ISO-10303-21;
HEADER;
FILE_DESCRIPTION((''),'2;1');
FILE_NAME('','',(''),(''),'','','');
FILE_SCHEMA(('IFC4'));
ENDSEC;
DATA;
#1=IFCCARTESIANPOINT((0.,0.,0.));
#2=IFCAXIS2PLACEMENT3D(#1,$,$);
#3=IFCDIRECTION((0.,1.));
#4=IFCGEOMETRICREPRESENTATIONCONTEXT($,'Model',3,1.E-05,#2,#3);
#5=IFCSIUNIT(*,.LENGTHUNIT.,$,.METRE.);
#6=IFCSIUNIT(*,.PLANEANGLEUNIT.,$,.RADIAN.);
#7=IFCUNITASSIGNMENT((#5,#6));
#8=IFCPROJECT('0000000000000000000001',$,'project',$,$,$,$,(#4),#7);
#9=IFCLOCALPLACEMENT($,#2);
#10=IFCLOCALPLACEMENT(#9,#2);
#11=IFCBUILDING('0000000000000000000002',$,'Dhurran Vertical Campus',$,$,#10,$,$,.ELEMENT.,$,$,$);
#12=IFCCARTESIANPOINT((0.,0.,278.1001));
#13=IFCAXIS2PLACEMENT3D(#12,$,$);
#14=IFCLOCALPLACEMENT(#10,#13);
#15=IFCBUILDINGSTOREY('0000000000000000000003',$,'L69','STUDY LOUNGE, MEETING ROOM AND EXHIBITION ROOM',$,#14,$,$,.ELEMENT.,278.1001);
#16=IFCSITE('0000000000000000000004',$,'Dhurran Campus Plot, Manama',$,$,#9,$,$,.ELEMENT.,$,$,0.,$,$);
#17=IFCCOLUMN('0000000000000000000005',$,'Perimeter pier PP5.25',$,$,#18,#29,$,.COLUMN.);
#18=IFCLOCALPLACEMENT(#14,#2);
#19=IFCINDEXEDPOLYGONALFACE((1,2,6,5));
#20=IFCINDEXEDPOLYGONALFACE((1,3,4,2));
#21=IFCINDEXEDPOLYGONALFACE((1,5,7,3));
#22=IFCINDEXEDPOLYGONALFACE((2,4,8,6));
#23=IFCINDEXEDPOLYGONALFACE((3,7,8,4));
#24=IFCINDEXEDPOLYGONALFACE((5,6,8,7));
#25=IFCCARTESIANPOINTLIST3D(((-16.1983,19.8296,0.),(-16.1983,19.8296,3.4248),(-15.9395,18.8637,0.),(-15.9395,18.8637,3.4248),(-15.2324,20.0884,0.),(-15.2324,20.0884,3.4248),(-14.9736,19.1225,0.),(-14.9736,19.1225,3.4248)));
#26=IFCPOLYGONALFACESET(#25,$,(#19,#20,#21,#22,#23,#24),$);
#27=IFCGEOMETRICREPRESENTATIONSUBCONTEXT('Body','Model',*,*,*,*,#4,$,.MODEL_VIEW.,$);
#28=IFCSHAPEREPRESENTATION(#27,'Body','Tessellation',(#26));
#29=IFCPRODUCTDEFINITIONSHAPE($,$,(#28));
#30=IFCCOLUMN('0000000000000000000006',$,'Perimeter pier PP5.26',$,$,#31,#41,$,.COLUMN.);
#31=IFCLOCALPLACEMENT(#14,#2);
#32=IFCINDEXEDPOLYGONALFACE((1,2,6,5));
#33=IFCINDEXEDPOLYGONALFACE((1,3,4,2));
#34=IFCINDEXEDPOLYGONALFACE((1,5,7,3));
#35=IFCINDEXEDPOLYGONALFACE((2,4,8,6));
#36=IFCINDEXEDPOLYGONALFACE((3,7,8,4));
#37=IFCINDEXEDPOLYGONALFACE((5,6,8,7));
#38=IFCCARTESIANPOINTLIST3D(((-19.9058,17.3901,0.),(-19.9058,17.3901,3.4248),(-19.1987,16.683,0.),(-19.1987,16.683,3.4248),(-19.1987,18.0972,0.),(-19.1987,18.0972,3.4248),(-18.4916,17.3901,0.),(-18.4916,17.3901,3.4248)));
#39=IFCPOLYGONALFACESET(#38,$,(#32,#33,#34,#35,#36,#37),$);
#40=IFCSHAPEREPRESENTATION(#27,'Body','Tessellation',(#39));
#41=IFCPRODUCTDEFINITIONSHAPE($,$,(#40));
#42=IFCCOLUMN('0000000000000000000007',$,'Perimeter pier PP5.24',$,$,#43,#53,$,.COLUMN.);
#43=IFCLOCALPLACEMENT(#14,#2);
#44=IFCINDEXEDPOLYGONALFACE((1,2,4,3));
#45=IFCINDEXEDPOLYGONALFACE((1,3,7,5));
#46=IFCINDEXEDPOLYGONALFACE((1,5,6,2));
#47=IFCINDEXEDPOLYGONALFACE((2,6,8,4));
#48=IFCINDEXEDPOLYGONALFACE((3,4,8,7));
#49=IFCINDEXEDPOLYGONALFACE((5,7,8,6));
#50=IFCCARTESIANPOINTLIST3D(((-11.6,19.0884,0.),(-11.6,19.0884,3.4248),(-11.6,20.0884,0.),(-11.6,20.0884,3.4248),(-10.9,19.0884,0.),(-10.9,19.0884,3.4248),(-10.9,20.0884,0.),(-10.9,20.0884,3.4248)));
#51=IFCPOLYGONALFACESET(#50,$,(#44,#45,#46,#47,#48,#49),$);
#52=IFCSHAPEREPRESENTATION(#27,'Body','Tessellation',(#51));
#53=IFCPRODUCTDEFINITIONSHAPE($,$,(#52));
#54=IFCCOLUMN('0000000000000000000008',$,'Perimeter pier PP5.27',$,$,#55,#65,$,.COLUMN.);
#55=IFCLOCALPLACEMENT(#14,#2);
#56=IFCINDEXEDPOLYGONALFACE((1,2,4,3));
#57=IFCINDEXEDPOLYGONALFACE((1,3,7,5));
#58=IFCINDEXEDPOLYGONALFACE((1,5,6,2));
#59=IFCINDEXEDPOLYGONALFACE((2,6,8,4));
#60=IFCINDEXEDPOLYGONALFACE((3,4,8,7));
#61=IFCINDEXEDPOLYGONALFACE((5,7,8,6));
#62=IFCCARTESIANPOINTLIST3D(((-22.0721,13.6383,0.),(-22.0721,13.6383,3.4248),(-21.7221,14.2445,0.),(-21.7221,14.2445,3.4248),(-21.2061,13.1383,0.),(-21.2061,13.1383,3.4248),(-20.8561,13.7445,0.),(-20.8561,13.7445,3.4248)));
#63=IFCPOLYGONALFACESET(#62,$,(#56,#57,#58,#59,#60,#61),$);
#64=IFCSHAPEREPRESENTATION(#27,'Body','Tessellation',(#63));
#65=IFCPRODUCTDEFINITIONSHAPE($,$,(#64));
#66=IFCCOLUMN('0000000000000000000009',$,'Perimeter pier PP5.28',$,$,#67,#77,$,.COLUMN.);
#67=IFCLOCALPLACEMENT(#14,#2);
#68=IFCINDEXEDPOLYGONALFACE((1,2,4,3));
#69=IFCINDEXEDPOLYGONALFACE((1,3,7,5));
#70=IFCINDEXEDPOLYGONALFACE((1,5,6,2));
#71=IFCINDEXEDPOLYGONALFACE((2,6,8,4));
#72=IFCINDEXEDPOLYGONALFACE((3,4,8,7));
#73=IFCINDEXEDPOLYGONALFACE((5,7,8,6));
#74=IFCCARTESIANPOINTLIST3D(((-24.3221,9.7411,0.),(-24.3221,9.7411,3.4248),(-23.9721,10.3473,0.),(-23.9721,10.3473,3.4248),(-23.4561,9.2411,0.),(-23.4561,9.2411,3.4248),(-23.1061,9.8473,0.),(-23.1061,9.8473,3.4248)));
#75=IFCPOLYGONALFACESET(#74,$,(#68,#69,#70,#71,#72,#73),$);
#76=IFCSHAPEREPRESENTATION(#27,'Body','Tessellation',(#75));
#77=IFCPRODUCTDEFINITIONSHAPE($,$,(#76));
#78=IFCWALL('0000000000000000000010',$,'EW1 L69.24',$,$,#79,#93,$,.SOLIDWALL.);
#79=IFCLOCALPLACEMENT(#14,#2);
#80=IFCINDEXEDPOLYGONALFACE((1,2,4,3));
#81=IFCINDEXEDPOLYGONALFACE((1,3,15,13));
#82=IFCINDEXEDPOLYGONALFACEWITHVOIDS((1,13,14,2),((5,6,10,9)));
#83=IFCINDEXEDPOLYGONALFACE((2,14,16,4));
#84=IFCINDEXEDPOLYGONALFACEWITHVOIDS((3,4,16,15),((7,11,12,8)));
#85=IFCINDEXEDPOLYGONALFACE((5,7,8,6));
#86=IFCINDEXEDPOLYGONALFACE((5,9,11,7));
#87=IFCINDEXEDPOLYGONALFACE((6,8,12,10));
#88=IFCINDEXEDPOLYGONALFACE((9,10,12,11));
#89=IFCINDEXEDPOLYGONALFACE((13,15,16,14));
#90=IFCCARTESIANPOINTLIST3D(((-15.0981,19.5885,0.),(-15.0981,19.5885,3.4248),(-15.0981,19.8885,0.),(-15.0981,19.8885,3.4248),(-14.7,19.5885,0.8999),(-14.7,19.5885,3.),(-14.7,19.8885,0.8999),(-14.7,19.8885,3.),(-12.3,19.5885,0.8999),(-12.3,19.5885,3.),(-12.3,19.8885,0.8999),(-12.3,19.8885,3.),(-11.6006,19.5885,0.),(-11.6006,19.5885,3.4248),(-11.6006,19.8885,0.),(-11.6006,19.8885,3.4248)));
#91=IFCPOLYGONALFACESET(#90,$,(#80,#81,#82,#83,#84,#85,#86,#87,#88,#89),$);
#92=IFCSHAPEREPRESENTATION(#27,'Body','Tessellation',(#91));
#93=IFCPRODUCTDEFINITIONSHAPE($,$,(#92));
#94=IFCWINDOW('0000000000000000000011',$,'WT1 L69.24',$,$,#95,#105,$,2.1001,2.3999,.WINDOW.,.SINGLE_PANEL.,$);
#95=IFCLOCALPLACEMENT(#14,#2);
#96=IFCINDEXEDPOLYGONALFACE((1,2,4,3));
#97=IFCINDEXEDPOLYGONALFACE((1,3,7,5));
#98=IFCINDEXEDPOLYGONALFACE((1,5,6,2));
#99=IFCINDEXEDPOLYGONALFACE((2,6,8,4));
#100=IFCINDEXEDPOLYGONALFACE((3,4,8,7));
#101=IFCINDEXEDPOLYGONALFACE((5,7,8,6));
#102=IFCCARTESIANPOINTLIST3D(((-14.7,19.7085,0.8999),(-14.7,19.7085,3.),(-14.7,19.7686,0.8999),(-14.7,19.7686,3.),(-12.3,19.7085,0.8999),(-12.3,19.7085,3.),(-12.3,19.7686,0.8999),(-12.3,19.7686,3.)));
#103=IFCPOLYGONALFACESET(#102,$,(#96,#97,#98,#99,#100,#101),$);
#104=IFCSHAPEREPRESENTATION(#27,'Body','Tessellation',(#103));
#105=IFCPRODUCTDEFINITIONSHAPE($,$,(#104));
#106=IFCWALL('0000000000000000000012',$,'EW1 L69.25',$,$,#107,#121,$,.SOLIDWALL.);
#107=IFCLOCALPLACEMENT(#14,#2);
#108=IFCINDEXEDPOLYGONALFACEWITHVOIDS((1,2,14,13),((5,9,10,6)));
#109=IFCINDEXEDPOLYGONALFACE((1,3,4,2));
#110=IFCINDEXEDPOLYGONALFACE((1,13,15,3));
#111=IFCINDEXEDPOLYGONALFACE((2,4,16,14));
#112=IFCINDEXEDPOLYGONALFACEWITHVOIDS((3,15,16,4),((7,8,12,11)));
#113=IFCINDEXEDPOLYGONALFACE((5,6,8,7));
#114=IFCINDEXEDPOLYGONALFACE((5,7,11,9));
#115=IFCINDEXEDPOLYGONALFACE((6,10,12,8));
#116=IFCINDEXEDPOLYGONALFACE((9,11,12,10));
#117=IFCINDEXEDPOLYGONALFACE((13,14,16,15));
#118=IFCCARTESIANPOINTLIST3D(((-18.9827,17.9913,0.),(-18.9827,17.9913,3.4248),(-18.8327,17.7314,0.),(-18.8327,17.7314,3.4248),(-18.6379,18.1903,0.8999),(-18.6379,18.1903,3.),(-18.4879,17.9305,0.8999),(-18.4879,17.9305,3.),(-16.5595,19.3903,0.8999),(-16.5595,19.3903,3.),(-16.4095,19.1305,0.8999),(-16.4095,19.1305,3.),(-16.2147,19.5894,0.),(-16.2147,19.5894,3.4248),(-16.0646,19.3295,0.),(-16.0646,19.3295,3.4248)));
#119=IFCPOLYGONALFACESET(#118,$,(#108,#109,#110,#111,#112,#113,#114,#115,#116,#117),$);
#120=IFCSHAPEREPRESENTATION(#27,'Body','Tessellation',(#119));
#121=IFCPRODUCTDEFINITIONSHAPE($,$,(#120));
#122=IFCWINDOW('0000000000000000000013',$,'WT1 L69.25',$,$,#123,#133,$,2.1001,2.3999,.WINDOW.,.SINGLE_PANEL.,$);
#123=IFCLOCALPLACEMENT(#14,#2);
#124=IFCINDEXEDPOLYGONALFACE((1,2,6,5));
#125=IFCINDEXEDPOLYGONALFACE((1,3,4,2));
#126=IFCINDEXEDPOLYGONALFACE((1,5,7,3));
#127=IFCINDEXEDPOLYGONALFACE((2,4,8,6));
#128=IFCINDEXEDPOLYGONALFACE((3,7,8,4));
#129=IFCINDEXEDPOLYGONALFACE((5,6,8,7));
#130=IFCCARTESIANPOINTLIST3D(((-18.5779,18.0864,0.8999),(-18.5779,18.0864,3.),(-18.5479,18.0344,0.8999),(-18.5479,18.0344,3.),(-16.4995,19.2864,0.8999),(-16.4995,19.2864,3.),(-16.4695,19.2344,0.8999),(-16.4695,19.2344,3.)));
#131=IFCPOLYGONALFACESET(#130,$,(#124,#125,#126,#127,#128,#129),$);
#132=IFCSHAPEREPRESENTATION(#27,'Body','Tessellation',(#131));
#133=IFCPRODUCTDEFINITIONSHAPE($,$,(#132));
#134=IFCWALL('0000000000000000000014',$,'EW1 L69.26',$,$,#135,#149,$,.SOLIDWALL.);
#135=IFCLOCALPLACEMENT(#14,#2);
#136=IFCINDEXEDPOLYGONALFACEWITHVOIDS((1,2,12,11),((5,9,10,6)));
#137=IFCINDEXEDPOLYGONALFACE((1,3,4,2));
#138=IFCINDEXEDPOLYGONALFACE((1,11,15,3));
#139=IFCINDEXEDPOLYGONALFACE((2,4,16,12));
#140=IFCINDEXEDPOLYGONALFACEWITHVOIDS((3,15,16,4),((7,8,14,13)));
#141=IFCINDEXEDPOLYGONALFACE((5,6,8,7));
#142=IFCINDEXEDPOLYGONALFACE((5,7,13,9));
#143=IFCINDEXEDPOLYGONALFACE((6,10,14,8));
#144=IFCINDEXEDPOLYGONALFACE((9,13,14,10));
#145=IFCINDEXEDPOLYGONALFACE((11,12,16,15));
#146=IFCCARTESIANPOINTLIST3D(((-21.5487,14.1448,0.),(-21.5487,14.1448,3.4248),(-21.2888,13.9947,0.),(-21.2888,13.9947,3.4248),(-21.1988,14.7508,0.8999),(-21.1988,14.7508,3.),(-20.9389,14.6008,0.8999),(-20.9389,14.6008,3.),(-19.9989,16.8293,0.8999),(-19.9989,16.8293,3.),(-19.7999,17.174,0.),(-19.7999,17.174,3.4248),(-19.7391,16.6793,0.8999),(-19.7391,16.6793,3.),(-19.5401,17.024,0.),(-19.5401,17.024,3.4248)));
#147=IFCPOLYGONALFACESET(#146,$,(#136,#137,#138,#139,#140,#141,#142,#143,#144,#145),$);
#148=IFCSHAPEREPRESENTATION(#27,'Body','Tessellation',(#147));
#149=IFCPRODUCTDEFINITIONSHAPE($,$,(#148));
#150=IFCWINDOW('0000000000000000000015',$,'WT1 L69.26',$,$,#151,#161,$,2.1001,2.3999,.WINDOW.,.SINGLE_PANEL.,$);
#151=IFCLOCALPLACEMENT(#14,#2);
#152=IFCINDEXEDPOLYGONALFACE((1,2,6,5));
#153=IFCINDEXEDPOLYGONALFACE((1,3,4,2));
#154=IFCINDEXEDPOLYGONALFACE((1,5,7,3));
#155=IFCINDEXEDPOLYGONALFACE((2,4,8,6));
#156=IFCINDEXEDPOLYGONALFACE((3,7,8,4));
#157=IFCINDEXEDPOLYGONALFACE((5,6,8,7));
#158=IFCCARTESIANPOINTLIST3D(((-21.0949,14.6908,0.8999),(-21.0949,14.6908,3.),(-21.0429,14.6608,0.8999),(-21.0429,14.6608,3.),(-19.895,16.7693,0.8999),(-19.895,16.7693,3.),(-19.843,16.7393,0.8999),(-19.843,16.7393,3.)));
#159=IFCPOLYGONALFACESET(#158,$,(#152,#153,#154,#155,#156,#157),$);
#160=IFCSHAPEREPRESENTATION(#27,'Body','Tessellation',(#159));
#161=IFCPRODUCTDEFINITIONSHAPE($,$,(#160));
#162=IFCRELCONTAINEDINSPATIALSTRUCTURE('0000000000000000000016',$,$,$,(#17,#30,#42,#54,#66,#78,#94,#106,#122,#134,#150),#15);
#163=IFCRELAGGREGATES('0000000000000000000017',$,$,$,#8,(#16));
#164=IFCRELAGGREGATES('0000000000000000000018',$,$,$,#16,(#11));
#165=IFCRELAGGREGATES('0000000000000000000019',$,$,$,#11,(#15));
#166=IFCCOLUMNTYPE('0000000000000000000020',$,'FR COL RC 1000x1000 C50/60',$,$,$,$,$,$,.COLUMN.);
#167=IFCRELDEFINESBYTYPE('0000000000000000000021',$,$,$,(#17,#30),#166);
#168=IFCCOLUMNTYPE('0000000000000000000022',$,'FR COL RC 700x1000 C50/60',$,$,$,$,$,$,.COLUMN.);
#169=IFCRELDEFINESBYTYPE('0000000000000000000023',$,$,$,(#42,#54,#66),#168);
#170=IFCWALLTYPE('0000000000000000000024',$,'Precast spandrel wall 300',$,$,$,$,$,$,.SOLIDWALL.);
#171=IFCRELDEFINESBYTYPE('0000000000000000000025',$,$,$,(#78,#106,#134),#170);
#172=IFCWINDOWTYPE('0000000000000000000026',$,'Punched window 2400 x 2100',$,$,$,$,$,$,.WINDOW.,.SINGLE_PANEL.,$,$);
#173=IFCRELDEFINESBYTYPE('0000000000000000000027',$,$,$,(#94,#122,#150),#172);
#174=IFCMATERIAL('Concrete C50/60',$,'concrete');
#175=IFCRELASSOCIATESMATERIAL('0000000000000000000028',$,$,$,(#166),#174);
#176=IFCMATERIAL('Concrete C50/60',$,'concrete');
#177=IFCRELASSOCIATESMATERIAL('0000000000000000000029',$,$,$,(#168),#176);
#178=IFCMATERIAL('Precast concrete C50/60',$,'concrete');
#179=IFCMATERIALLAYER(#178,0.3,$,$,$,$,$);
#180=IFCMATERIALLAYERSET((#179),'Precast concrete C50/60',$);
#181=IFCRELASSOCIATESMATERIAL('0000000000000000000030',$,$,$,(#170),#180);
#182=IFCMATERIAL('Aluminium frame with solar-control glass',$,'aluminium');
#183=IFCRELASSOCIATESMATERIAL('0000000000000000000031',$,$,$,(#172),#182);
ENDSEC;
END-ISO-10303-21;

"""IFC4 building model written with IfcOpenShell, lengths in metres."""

from ifc_helpers import new_model, si_unit, direction, frame, frame_2d, origin, origin_2d, place, context, subcontext, project, spatial, rectangle, extrude, material, layer, layer_set, material_profile, profile_set, type_object, element, fill, save


model = new_model("IFC4")

# Units and contexts
model_context = context("Model", 3, precision=1e-05, world=origin(), true_north=direction((0.0, 1.0)))
body_context = subcontext(model_context, "Body", "Model", "MODEL_VIEW")
ifc_project = project(units=[si_unit("LENGTHUNIT", "METRE"), si_unit("PLANEANGLEUNIT", "RADIAN")], contexts=[model_context])

# Site, building, storey
site_placement = place(None, origin())
site = spatial("IfcSite", under=ifc_project, at=site_placement, Name="Dhurran Campus Plot, Manama", CompositionType="ELEMENT", RefElevation=0.0)
building_placement = place(site_placement, origin())
building = spatial("IfcBuilding", under=site, at=building_placement, Name="Dhurran Vertical Campus", CompositionType="ELEMENT")
storey_placement = place(building_placement, frame((0.0, 0.0, 278.1001)))
storey = spatial("IfcBuildingStorey", under=building, at=storey_placement, Name="L69", Description="STUDY LOUNGE, MEETING ROOM AND EXHIBITION ROOM", CompositionType="ELEMENT", Elevation=278.1001)

# Columns
ifc_material_1 = material(Name="Concrete C50/60", Category="concrete")
ifc_material_profile_1 = material_profile(ifc_material_1, rectangle(XDim=1.0, YDim=1.0, at=origin_2d()), Name="RC 1000x1000")
ifc_profile_set_1 = profile_set([ifc_material_profile_1], Name="Concrete C50/60")
column_type_1 = type_object("IfcColumnType", Name="FR COL RC 1000x1000 C50/60", PredefinedType="COLUMN", material=ifc_profile_set_1)
for number, where, z_axis, x_axis, name in (
    (1, (-15.5859, 19.4761, 0.0), (0.0, 0.0, 1.0), (-0.965926, -0.258819, 0.0), "Perimeter pier PP5.25"),
    (2, (-19.1987, 17.3901, 0.0), (0.0, 0.0, 1.0), (-0.707107, -0.707107, 0.0), "Perimeter pier PP5.26"),
):
    element("IfcColumn", number, at=place(storey_placement, frame(where, z_axis=z_axis, x_axis=x_axis)), inside=storey, type_object=column_type_1, Name=name, PredefinedType="COLUMN", context=body_context, shape_type="SweptSolid", body=[
        extrude(rectangle(XDim=1.0, YDim=1.0, at=origin_2d()), origin(), (0.0, 0.0, 1.0), 3.4248),
    ])
ifc_material_2 = material(Name="Concrete C50/60", Category="concrete")
ifc_material_profile_2 = material_profile(ifc_material_2, rectangle(XDim=0.7, YDim=1.0, at=origin_2d()), Name="RC 700x1000")
ifc_profile_set_2 = profile_set([ifc_material_profile_2], Name="Concrete C50/60")
column_type_2 = type_object("IfcColumnType", Name="FR COL RC 700x1000 C50/60", PredefinedType="COLUMN", material=ifc_profile_set_2)
for number, where, z_axis, x_axis, name in (
    (3, (-11.25, 19.5884, 0.0), (0.0, 0.0, 1.0), (-1.0, 0.0, 0.0), "Perimeter pier PP5.24"),
    (4, (-21.4641, 13.6914, 0.0), (0.0, 0.0, 1.0), (-0.5, -0.866025, 0.0), "Perimeter pier PP5.27"),
    (5, (-23.7141, 9.7942, 0.0), (0.0, 0.0, 1.0), (-0.5, -0.866025, 0.0), "Perimeter pier PP5.28"),
):
    element("IfcColumn", number, at=place(storey_placement, frame(where, z_axis=z_axis, x_axis=x_axis)), inside=storey, type_object=column_type_2, Name=name, PredefinedType="COLUMN", context=body_context, shape_type="SweptSolid", body=[
        extrude(rectangle(XDim=0.7, YDim=1.0, at=origin_2d()), origin(), (0.0, 0.0, 1.0), 3.4248),
    ])

# Walls, openings, windows
ifc_material_3 = material(Name="Precast concrete C50/60", Category="concrete")
ifc_layer_1 = layer(ifc_material_3, 0.3)
ifc_layer_set_1 = layer_set([ifc_layer_1], Name="Precast concrete C50/60")
wall_type_1 = type_object("IfcWallType", Name="Precast spandrel wall 300", PredefinedType="SOLIDWALL", material=ifc_layer_set_1)
wall_1_placement = place(storey_placement, frame((-11.6006, 19.7385, 0.0), z_axis=(0.0, 0.0, 1.0), x_axis=(-1.0, 0.0, 0.0)))
wall_1 = element("IfcWall", 6, at=wall_1_placement, inside=storey, type_object=wall_type_1, Name="EW1 L69.24", PredefinedType="SOLIDWALL", context=body_context, shape_type="SweptSolid", body=[
    extrude(rectangle(XDim=3.4976, YDim=0.3, at=frame_2d((1.7488, 0.0))), origin(), (0.0, 0.0, 1.0), 3.4248),
])
opening_1_placement = place(wall_1_placement, frame((0.6995, 0.0, 0.8999)))
opening_1 = element("IfcOpeningElement", 7, at=opening_1_placement, cuts=wall_1, PredefinedType="OPENING", context=body_context, shape_type="SweptSolid", body=[
    extrude(rectangle(XDim=2.3999, YDim=2.1001, at=frame_2d((1.2, 1.05))), frame((0.0, 0.1599, 0.0), z_axis=(0.0, -1.0, 0.0), x_axis=(1.0, 0.0, 0.0)), (0.0, 0.0, 1.0), 0.3201),
])
ifc_material_4 = material(Name="Aluminium frame with solar-control glass", Category="aluminium")
window_type = type_object("IfcWindowType", Name="Punched window 2400 x 2100", PartitioningType="SINGLE_PANEL", PredefinedType="WINDOW", material=ifc_material_4)
window_1_placement = place(opening_1_placement, origin())
window_1 = element("IfcWindow", 8, at=window_1_placement, inside=storey, type_object=window_type, Name="WT1 L69.24", OverallHeight=2.1001, OverallWidth=2.3999, PartitioningType="SINGLE_PANEL", PredefinedType="WINDOW", context=body_context, shape_type="SweptSolid", body=[
    extrude(rectangle(XDim=2.3999, YDim=2.1001, at=frame_2d((1.2, 1.05))), frame((0.0, 0.03, 0.0), z_axis=(0.0, -1.0, 0.0), x_axis=(1.0, 0.0, 0.0)), (0.0, 0.0, 1.0), 0.0601),
])
fill(opening_1, window_1)
wall_2_placement = place(storey_placement, frame((-16.1396, 19.4595, 0.0), z_axis=(0.0, 0.0, 1.0), x_axis=(-0.866025, -0.5, 0.0)))
wall_2 = element("IfcWall", 9, at=wall_2_placement, inside=storey, type_object=wall_type_1, Name="EW1 L69.25", PredefinedType="SOLIDWALL", context=body_context, shape_type="SweptSolid", body=[
    extrude(rectangle(XDim=3.1963, YDim=0.3, at=frame_2d((1.5981, 0.0))), origin(), (0.0, 0.0, 1.0), 3.4248),
])
opening_2_placement = place(wall_2_placement, frame((0.3982, 0.0, 0.8999)))
opening_2 = element("IfcOpeningElement", 10, at=opening_2_placement, cuts=wall_2, PredefinedType="OPENING", context=body_context, shape_type="SweptSolid", body=[
    extrude(rectangle(XDim=2.3999, YDim=2.1001, at=frame_2d((1.2, 1.05))), frame((0.0, 0.1599, 0.0), z_axis=(0.0, -1.0, 0.0), x_axis=(1.0, 0.0, 0.0)), (0.0, 0.0, 1.0), 0.3201),
])
window_2_placement = place(opening_2_placement, origin())
window_2 = element("IfcWindow", 11, at=window_2_placement, inside=storey, type_object=window_type, Name="WT1 L69.25", OverallHeight=2.1001, OverallWidth=2.3999, PartitioningType="SINGLE_PANEL", PredefinedType="WINDOW", context=body_context, shape_type="SweptSolid", body=[
    extrude(rectangle(XDim=2.3999, YDim=2.1001, at=frame_2d((1.2, 1.05))), frame((0.0, 0.03, 0.0), z_axis=(0.0, -1.0, 0.0), x_axis=(1.0, 0.0, 0.0)), (0.0, 0.0, 1.0), 0.0601),
])
fill(opening_2, window_2)
wall_3_placement = place(storey_placement, frame((-19.6699, 17.0991, 0.0), z_axis=(0.0, 0.0, 1.0), x_axis=(-0.49996, -0.866048, 0.0)))
wall_3 = element("IfcWall", 12, at=wall_3_placement, inside=storey, type_object=wall_type_1, Name="EW1 L69.26", PredefinedType="SOLIDWALL", context=body_context, shape_type="SweptSolid", body=[
    extrude(rectangle(XDim=3.4978, YDim=0.3, at=frame_2d((1.749, 0.0))), origin(), (0.0, 0.0, 1.0), 3.4248),
])
opening_3_placement = place(wall_3_placement, frame((0.3982, 0.0, 0.8999)))
opening_3 = element("IfcOpeningElement", 13, at=opening_3_placement, cuts=wall_3, PredefinedType="OPENING", context=body_context, shape_type="SweptSolid", body=[
    extrude(rectangle(XDim=2.3999, YDim=2.1001, at=frame_2d((1.2, 1.05))), frame((0.0, 0.1599, 0.0), z_axis=(0.0, -1.0, 0.0), x_axis=(1.0, 0.0, 0.0)), (0.0, 0.0, 1.0), 0.3201),
])
window_3_placement = place(opening_3_placement, origin())
window_3 = element("IfcWindow", 14, at=window_3_placement, inside=storey, type_object=window_type, Name="WT1 L69.26", OverallHeight=2.1001, OverallWidth=2.3999, PartitioningType="SINGLE_PANEL", PredefinedType="WINDOW", context=body_context, shape_type="SweptSolid", body=[
    extrude(rectangle(XDim=2.3999, YDim=2.1001, at=frame_2d((1.2, 1.05))), frame((0.0, 0.03, 0.0), z_axis=(0.0, -1.0, 0.0), x_axis=(1.0, 0.0, 0.0)), (0.0, 0.0, 1.0), 0.0601),
])
fill(opening_3, window_3)

save(model, "model.ifc")
